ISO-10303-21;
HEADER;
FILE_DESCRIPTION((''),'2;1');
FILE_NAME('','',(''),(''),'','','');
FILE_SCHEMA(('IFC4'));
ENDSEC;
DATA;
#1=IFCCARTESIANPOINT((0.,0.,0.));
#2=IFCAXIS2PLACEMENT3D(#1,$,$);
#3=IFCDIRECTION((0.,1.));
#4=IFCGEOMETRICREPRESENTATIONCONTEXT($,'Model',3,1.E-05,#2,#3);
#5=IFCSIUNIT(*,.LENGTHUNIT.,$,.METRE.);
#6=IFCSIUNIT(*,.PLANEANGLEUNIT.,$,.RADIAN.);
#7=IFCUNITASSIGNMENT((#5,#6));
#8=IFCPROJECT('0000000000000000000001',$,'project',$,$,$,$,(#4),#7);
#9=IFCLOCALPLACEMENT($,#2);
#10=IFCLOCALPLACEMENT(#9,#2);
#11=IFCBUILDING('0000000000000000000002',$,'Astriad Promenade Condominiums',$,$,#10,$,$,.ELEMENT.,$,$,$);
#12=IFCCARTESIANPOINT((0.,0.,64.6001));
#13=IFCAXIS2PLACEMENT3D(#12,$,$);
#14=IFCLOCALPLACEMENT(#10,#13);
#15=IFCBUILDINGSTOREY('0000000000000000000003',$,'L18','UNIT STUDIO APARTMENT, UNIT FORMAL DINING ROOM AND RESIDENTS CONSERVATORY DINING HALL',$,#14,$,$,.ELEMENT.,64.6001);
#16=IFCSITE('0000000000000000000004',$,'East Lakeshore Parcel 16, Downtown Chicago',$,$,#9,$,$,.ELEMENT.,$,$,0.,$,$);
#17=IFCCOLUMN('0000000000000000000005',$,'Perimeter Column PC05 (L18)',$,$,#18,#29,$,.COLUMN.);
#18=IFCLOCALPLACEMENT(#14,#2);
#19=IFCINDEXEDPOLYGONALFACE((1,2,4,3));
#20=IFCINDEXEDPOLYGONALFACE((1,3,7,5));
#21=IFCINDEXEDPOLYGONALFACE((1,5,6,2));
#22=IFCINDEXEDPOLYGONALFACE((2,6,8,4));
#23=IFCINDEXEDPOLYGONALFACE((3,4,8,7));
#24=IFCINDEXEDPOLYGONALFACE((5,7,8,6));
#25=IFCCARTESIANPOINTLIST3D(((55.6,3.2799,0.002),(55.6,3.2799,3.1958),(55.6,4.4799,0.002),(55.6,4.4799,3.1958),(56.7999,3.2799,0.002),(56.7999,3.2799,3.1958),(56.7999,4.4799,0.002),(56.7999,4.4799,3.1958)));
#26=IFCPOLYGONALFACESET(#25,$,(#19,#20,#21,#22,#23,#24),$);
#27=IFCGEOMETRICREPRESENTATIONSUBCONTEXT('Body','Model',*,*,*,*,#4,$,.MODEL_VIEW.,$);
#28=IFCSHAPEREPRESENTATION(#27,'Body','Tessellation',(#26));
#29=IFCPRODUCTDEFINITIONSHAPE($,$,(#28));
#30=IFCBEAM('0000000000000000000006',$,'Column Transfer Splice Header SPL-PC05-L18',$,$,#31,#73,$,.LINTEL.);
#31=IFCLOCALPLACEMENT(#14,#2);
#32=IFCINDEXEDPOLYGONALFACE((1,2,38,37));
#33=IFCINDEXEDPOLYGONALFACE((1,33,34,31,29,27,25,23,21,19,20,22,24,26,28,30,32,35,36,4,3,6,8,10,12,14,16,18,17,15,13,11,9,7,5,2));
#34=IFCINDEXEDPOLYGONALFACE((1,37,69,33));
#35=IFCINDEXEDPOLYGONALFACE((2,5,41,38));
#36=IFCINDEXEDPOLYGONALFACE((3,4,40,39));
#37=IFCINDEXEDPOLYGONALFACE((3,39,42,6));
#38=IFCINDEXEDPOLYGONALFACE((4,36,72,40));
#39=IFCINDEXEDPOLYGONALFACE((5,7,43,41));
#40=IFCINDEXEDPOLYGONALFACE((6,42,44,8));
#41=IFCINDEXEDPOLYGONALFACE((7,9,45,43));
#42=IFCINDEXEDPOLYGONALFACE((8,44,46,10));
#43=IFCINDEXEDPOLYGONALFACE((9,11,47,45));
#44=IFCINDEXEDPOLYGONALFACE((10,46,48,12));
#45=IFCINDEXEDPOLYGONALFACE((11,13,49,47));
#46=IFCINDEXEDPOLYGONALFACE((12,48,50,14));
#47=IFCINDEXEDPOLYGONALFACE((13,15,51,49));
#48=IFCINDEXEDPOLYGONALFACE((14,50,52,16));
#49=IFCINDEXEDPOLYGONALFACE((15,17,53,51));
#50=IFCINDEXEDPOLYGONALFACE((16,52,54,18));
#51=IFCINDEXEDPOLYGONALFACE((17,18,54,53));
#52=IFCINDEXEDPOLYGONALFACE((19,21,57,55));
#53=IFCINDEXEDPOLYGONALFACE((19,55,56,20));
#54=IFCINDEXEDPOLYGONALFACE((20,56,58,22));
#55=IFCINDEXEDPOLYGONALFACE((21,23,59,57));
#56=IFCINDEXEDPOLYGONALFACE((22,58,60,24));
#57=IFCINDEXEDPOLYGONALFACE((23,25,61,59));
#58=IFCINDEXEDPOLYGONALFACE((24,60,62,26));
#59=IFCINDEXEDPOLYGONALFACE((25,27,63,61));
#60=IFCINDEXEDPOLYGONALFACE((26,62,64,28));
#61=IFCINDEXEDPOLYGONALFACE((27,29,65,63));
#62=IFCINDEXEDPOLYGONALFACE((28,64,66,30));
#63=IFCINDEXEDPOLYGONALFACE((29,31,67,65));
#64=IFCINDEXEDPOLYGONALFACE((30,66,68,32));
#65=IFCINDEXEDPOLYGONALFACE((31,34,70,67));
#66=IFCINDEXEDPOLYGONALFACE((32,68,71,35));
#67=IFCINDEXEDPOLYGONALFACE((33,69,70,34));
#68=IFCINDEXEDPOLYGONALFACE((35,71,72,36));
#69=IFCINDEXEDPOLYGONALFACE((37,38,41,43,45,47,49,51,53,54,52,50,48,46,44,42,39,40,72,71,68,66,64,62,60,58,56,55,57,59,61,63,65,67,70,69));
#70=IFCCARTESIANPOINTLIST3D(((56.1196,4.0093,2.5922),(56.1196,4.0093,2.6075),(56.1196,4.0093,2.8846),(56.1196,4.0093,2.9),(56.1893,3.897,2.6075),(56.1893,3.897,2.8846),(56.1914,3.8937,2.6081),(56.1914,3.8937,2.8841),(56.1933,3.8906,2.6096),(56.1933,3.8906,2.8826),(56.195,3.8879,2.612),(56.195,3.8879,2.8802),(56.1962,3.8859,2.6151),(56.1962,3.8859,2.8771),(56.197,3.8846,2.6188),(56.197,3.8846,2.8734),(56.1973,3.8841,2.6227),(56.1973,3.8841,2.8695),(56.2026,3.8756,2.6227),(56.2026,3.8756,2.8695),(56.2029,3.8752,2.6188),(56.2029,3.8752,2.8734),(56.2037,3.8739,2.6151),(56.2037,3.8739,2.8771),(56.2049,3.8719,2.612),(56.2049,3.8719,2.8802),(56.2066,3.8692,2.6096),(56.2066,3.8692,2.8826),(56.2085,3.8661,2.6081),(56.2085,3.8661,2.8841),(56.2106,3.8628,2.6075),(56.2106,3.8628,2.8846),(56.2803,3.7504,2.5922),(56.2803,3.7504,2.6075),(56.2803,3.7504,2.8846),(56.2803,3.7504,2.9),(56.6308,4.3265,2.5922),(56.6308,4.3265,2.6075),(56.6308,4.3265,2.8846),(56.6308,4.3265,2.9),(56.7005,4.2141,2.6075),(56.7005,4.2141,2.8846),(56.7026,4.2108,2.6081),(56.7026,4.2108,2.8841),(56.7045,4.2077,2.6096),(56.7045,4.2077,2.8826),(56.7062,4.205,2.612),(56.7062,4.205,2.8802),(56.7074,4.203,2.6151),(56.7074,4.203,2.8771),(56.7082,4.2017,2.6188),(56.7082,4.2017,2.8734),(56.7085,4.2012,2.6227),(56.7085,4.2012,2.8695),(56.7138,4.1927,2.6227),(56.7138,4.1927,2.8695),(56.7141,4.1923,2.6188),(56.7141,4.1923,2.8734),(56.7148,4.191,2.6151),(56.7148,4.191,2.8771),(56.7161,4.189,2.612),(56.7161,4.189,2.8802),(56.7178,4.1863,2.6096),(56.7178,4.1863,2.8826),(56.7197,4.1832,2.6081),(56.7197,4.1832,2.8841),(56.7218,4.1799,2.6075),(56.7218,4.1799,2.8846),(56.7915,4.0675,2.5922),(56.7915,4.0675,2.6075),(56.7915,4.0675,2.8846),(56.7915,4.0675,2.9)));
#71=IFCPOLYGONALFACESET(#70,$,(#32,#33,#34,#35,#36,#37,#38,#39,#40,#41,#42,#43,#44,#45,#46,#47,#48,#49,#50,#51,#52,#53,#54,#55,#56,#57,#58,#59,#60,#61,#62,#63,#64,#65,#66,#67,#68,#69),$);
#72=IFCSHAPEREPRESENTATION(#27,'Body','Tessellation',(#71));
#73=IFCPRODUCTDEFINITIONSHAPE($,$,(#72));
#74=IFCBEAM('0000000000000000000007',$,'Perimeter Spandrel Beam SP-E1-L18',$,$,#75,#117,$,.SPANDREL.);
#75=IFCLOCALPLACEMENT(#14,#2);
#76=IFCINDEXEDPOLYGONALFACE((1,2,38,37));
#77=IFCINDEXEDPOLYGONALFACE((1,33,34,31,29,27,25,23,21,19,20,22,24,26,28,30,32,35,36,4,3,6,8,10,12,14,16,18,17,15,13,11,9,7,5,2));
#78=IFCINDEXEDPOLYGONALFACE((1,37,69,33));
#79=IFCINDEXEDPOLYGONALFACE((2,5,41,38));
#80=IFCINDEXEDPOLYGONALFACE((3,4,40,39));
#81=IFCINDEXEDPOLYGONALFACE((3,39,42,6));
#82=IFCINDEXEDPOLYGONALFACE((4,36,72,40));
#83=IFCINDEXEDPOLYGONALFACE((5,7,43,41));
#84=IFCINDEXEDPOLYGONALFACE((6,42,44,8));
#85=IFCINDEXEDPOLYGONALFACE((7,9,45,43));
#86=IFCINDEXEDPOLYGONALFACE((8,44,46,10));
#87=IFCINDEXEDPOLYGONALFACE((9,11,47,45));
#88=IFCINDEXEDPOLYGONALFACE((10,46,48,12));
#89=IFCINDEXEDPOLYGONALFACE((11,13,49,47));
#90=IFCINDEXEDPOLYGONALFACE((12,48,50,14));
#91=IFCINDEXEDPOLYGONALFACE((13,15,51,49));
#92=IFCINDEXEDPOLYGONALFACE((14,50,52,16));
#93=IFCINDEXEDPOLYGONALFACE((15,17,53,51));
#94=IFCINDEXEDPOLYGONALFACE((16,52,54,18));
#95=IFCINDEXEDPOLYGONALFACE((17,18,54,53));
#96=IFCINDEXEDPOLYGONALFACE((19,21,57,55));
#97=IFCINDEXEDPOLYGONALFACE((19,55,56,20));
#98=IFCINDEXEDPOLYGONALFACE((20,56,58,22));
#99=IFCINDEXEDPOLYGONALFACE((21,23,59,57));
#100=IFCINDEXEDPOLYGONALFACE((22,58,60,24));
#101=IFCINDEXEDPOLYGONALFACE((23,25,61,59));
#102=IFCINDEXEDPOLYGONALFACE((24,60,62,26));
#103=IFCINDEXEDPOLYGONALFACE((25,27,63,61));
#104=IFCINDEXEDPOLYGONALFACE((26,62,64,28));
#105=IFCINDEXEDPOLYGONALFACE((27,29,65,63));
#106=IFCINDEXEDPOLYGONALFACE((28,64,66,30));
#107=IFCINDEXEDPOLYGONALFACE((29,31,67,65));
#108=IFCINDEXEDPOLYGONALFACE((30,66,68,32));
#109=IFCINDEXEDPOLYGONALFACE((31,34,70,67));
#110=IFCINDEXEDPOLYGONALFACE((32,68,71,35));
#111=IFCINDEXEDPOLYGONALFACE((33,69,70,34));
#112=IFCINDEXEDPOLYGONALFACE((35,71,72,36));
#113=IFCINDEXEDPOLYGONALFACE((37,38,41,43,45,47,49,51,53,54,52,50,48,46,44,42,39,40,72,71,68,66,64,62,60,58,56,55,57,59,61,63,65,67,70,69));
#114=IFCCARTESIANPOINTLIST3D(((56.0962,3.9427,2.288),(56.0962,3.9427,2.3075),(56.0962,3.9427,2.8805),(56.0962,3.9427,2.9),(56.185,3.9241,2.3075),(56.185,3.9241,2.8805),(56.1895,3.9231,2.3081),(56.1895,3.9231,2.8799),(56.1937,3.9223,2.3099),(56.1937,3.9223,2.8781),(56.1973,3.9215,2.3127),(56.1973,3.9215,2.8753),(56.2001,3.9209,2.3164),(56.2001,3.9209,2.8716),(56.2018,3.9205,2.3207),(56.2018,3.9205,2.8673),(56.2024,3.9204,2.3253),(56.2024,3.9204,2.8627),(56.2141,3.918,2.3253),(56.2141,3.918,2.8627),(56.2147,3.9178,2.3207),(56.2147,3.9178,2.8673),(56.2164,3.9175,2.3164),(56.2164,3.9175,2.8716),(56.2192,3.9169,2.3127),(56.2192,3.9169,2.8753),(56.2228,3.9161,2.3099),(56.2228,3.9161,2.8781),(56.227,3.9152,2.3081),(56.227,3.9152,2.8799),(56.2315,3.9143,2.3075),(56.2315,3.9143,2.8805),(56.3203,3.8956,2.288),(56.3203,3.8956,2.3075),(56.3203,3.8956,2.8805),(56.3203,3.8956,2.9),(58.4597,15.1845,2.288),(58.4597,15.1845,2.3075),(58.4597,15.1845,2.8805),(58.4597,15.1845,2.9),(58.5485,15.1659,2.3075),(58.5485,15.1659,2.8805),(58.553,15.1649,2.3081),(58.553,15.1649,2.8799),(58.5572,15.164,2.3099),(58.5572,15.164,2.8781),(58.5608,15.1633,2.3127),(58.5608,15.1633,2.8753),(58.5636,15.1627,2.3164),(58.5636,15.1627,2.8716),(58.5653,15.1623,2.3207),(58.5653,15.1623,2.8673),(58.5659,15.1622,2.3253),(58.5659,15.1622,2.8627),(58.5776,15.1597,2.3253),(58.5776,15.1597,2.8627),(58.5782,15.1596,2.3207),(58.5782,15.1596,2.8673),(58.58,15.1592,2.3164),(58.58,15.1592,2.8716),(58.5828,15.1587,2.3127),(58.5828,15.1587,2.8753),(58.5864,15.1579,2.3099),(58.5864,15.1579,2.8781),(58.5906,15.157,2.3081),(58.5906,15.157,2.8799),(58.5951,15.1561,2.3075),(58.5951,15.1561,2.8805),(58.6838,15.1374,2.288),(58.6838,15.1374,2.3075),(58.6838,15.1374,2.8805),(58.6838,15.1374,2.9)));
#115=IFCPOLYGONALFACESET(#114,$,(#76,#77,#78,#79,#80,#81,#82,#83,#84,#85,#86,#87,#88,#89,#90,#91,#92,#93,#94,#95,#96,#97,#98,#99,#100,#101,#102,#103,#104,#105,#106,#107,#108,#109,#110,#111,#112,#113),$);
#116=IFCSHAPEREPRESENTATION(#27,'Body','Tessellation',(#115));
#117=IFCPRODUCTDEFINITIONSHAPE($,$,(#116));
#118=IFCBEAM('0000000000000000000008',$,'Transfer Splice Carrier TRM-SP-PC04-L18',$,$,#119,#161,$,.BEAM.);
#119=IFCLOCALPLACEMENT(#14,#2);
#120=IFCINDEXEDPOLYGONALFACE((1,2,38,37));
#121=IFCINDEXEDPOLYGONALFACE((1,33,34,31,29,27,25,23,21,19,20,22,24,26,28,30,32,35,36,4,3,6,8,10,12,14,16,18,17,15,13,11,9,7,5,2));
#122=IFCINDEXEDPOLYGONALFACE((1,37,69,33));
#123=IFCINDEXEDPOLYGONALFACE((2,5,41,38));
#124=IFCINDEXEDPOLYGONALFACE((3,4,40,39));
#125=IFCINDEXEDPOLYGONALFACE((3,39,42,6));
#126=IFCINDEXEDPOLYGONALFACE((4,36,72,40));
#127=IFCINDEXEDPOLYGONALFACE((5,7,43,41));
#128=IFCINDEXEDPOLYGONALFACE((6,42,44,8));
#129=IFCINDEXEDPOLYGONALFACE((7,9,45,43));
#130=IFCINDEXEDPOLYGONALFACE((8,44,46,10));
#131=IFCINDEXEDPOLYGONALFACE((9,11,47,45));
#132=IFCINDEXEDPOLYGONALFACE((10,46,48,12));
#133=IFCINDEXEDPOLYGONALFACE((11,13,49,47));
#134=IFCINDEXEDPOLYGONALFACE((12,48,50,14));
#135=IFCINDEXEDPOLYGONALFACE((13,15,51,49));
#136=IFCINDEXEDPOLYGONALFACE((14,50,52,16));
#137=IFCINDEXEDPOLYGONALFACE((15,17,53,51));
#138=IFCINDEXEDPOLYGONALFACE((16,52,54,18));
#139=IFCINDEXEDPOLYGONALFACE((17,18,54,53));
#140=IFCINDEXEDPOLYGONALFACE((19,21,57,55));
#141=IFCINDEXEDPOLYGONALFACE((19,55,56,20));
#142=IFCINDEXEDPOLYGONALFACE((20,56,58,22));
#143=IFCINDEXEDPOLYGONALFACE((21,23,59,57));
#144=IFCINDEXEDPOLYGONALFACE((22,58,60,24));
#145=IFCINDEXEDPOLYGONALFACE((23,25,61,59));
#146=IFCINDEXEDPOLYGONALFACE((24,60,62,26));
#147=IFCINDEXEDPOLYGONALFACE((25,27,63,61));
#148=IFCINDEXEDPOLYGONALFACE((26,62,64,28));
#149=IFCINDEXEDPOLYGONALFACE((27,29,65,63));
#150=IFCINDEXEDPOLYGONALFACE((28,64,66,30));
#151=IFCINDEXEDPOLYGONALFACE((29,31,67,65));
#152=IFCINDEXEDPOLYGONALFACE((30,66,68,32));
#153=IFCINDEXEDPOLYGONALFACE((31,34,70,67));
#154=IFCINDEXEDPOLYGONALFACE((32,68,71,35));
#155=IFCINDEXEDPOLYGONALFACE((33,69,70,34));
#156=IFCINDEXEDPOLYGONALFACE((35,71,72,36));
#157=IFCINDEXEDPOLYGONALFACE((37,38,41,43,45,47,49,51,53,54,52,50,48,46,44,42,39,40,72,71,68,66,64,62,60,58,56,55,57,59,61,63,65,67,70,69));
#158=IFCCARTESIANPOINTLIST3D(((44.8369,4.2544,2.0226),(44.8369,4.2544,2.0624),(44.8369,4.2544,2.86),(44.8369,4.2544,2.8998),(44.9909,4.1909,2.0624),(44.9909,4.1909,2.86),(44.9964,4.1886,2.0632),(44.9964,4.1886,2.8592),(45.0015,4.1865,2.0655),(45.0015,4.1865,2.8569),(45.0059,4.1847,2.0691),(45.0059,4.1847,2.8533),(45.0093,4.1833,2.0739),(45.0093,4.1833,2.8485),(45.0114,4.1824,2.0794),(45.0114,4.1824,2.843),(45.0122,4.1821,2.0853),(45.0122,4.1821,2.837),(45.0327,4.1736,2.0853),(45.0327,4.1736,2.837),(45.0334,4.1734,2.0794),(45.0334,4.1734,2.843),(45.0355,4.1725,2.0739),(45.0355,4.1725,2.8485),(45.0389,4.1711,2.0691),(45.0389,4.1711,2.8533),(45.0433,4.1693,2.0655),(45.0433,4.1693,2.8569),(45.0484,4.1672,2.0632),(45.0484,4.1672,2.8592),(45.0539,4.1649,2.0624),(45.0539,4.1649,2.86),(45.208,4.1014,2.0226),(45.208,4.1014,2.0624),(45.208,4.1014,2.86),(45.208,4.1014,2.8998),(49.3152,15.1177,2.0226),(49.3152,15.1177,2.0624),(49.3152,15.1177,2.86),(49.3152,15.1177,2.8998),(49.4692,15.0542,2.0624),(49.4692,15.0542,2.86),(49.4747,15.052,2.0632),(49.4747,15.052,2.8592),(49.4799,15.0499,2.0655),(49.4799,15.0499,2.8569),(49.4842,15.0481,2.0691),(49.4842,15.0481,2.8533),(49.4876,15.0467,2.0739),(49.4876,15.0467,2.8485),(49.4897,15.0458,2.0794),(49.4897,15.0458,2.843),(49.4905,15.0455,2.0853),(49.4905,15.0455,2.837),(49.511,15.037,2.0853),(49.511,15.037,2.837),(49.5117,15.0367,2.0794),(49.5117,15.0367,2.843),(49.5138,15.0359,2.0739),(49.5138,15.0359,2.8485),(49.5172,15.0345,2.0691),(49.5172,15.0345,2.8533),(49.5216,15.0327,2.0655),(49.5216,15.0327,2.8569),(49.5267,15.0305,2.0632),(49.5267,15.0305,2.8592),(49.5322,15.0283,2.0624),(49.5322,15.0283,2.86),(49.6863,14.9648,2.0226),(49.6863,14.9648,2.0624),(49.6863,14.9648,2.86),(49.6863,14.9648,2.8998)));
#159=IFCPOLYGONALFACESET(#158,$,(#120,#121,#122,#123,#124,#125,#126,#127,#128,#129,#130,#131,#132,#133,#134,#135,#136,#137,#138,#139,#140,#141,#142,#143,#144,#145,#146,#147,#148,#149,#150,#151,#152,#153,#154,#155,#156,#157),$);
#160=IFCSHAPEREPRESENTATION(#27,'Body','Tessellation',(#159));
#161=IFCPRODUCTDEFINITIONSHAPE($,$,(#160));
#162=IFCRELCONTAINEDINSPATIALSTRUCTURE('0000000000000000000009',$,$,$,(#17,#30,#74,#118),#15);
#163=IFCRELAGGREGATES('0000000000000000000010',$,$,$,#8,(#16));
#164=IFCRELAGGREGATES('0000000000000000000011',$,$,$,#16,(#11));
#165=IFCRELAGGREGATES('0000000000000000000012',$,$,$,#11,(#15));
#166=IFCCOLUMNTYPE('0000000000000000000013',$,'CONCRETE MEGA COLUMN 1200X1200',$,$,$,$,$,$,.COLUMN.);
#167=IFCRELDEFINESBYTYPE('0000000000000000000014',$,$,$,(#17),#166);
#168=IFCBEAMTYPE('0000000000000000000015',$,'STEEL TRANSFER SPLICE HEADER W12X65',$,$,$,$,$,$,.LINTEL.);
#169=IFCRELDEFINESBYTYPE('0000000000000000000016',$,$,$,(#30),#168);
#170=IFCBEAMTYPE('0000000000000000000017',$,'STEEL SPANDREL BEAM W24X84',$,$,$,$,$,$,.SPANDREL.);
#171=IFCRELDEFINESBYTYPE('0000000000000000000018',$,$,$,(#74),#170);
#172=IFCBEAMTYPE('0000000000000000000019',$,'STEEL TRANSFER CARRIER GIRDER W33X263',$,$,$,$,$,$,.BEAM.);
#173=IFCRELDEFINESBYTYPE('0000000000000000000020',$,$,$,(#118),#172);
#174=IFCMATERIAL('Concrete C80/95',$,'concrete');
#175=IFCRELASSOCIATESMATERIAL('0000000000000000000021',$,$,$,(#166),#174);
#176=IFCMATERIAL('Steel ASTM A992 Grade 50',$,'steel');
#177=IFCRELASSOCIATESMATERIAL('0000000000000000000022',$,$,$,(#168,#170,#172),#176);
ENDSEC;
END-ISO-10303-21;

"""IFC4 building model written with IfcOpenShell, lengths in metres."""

from ifc_helpers import new_model, si_unit, direction, frame, origin, origin_2d, place, context, subcontext, project, spatial, rectangle, i_section, extrude, source, transform, mapped, material, material_profile, profile_set, type_object, type_shapes, element, save


model = new_model("IFC4")

# Units and contexts
model_context = context("Model", 3, precision=1e-05, world=origin(), true_north=direction((0.0, 1.0)))
body_context = subcontext(model_context, "Body", "Model", "MODEL_VIEW")
ifc_project = project(units=[si_unit("LENGTHUNIT", "METRE"), si_unit("PLANEANGLEUNIT", "RADIAN")], contexts=[model_context])

# Site, building, storey
site_placement = place(None, origin())
site = spatial("IfcSite", under=ifc_project, at=site_placement, Name="East Lakeshore Parcel 16, Downtown Chicago", CompositionType="ELEMENT", RefElevation=0.0)
building_placement = place(site_placement, origin())
building = spatial("IfcBuilding", under=site, at=building_placement, Name="Astriad Promenade Condominiums", CompositionType="ELEMENT")
storey_placement = place(building_placement, frame((0.0, 0.0, 64.6001)))
storey = spatial("IfcBuildingStorey", under=building, at=storey_placement, Name="L18", Description="UNIT STUDIO APARTMENT, UNIT FORMAL DINING ROOM AND RESIDENTS CONSERVATORY DINING HALL", CompositionType="ELEMENT", Elevation=64.6001)

# Column
ifc_material_1 = material(Name="Concrete C80/95", Category="concrete")
ifc_material_profile_1 = material_profile(ifc_material_1, rectangle(XDim=1.2, YDim=1.2, at=origin_2d()), Name="RC-COL-1200X1200")
ifc_profile_set_1 = profile_set([ifc_material_profile_1], Name="Concrete C80/95")
column_type = type_object("IfcColumnType", Name="CONCRETE MEGA COLUMN 1200X1200", PredefinedType="COLUMN", material=ifc_profile_set_1)
shared_shape_1 = source(origin(), body_context, "Body", "SweptSolid", [
    extrude(rectangle(XDim=1.2, YDim=1.2, at=origin_2d()), origin(), (0.0, 0.0, 1.0), 3.1938),
])
type_shapes(column_type, [shared_shape_1])
column_placement = place(storey_placement, frame((56.2, 3.8799, 0.002), z_axis=(0.0, 0.0, 1.0), x_axis=(1.0, 0.0, 0.0)))
element("IfcColumn", 1, at=column_placement, inside=storey, type_object=column_type, Name="Perimeter Column PC05 (L18)", PredefinedType="COLUMN", context=body_context, shape_type="MappedRepresentation", body=[
    mapped(shared_shape_1, transform((0.0, 0.0, 0.0), scale=1.0)),
])

# Beams
ifc_material_2 = material(Name="Steel ASTM A992 Grade 50", Category="steel")
ifc_material_profile_2 = material_profile(ifc_material_2, i_section(OverallWidth=0.3047, OverallDepth=0.3079, WebThickness=0.01, FlangeThickness=0.0154, FilletRadius=0.0151, at=origin_2d()), Name="W12X65")
ifc_profile_set_2 = profile_set([ifc_material_profile_2], Name="Steel ASTM A992 Grade 50")
beam_type_1 = type_object("IfcBeamType", Name="STEEL TRANSFER SPLICE HEADER W12X65", PredefinedType="LINTEL", material=ifc_profile_set_2)
shared_shape_2 = source(origin(), body_context, "Body", "SweptSolid", [
    extrude(i_section(OverallWidth=0.3047, OverallDepth=0.3079, WebThickness=0.01, FlangeThickness=0.0154, FilletRadius=0.0151, at=origin_2d()), origin(), (0.0, 0.0, 1.0), 0.6016),
])
type_shapes(beam_type_1, [shared_shape_2])
beam_1_placement = place(storey_placement, frame((56.2, 3.8799, 2.7461), z_axis=(0.849772, 0.527151, 0.0), x_axis=(-0.527151, 0.849772, 0.0)))
element("IfcBeam", 2, at=beam_1_placement, inside=storey, type_object=beam_type_1, Name="Column Transfer Splice Header SPL-PC05-L18", PredefinedType="LINTEL", context=body_context, shape_type="MappedRepresentation", body=[
    mapped(shared_shape_2, transform((0.0, 0.0, 0.0), scale=1.0)),
])
ifc_material_profile_3 = material_profile(ifc_material_2, i_section(OverallWidth=0.229, OverallDepth=0.6121, WebThickness=0.012, FlangeThickness=0.0195, FilletRadius=0.0178, at=origin_2d()), Name="W24X84")
ifc_profile_set_3 = profile_set([ifc_material_profile_3], Name="Steel ASTM A992 Grade 50")
beam_type_2 = type_object("IfcBeamType", Name="STEEL SPANDREL BEAM W24X84", PredefinedType="SPANDREL", material=ifc_profile_set_3)
shared_shape_3 = source(origin(), body_context, "Body", "SweptSolid", [
    extrude(i_section(OverallWidth=0.229, OverallDepth=0.6121, WebThickness=0.012, FlangeThickness=0.0195, FilletRadius=0.0178, at=origin_2d()), origin(), (0.0, 0.0, 1.0), 11.4875),
])
type_shapes(beam_type_2, [shared_shape_3])
beam_2_placement = place(storey_placement, frame((56.2083, 3.9192, 2.594), z_axis=(0.205748, 0.978605, 0.0), x_axis=(-0.978605, 0.205748, 0.0)))
element("IfcBeam", 3, at=beam_2_placement, inside=storey, type_object=beam_type_2, Name="Perimeter Spandrel Beam SP-E1-L18", PredefinedType="SPANDREL", context=body_context, shape_type="MappedRepresentation", body=[
    mapped(shared_shape_3, transform((0.0, 0.0, 0.0), scale=1.0)),
])
ifc_material_profile_4 = material_profile(ifc_material_2, i_section(OverallWidth=0.4014, OverallDepth=0.8772, WebThickness=0.0222, FlangeThickness=0.0398, FilletRadius=0.0229, at=origin_2d()), Name="W33X263")
ifc_profile_set_4 = profile_set([ifc_material_profile_4], Name="Steel ASTM A992 Grade 50")
beam_type_3 = type_object("IfcBeamType", Name="STEEL TRANSFER CARRIER GIRDER W33X263", PredefinedType="BEAM", material=ifc_profile_set_4)
shared_shape_4 = source(origin(), body_context, "Body", "SweptSolid", [
    extrude(i_section(OverallWidth=0.4014, OverallDepth=0.8772, WebThickness=0.0222, FlangeThickness=0.0398, FilletRadius=0.0229, at=origin_2d()), origin(), (0.0, 0.0, 1.0), 11.7502),
])
beam_3_placement = place(storey_placement, frame((49.5007, 15.0413, 2.4612), z_axis=(-0.381125, -0.924524, 0.0), x_axis=(0.924524, -0.381125, 0.0)))
element("IfcBeam", 4, at=beam_3_placement, inside=storey, type_object=beam_type_3, Name="Transfer Splice Carrier TRM-SP-PC04-L18", PredefinedType="BEAM", context=body_context, shape_type="MappedRepresentation", body=[
    mapped(shared_shape_4, transform((0.0, 0.0, 0.0), scale=1.0)),
])

save(model, "model.ifc")
